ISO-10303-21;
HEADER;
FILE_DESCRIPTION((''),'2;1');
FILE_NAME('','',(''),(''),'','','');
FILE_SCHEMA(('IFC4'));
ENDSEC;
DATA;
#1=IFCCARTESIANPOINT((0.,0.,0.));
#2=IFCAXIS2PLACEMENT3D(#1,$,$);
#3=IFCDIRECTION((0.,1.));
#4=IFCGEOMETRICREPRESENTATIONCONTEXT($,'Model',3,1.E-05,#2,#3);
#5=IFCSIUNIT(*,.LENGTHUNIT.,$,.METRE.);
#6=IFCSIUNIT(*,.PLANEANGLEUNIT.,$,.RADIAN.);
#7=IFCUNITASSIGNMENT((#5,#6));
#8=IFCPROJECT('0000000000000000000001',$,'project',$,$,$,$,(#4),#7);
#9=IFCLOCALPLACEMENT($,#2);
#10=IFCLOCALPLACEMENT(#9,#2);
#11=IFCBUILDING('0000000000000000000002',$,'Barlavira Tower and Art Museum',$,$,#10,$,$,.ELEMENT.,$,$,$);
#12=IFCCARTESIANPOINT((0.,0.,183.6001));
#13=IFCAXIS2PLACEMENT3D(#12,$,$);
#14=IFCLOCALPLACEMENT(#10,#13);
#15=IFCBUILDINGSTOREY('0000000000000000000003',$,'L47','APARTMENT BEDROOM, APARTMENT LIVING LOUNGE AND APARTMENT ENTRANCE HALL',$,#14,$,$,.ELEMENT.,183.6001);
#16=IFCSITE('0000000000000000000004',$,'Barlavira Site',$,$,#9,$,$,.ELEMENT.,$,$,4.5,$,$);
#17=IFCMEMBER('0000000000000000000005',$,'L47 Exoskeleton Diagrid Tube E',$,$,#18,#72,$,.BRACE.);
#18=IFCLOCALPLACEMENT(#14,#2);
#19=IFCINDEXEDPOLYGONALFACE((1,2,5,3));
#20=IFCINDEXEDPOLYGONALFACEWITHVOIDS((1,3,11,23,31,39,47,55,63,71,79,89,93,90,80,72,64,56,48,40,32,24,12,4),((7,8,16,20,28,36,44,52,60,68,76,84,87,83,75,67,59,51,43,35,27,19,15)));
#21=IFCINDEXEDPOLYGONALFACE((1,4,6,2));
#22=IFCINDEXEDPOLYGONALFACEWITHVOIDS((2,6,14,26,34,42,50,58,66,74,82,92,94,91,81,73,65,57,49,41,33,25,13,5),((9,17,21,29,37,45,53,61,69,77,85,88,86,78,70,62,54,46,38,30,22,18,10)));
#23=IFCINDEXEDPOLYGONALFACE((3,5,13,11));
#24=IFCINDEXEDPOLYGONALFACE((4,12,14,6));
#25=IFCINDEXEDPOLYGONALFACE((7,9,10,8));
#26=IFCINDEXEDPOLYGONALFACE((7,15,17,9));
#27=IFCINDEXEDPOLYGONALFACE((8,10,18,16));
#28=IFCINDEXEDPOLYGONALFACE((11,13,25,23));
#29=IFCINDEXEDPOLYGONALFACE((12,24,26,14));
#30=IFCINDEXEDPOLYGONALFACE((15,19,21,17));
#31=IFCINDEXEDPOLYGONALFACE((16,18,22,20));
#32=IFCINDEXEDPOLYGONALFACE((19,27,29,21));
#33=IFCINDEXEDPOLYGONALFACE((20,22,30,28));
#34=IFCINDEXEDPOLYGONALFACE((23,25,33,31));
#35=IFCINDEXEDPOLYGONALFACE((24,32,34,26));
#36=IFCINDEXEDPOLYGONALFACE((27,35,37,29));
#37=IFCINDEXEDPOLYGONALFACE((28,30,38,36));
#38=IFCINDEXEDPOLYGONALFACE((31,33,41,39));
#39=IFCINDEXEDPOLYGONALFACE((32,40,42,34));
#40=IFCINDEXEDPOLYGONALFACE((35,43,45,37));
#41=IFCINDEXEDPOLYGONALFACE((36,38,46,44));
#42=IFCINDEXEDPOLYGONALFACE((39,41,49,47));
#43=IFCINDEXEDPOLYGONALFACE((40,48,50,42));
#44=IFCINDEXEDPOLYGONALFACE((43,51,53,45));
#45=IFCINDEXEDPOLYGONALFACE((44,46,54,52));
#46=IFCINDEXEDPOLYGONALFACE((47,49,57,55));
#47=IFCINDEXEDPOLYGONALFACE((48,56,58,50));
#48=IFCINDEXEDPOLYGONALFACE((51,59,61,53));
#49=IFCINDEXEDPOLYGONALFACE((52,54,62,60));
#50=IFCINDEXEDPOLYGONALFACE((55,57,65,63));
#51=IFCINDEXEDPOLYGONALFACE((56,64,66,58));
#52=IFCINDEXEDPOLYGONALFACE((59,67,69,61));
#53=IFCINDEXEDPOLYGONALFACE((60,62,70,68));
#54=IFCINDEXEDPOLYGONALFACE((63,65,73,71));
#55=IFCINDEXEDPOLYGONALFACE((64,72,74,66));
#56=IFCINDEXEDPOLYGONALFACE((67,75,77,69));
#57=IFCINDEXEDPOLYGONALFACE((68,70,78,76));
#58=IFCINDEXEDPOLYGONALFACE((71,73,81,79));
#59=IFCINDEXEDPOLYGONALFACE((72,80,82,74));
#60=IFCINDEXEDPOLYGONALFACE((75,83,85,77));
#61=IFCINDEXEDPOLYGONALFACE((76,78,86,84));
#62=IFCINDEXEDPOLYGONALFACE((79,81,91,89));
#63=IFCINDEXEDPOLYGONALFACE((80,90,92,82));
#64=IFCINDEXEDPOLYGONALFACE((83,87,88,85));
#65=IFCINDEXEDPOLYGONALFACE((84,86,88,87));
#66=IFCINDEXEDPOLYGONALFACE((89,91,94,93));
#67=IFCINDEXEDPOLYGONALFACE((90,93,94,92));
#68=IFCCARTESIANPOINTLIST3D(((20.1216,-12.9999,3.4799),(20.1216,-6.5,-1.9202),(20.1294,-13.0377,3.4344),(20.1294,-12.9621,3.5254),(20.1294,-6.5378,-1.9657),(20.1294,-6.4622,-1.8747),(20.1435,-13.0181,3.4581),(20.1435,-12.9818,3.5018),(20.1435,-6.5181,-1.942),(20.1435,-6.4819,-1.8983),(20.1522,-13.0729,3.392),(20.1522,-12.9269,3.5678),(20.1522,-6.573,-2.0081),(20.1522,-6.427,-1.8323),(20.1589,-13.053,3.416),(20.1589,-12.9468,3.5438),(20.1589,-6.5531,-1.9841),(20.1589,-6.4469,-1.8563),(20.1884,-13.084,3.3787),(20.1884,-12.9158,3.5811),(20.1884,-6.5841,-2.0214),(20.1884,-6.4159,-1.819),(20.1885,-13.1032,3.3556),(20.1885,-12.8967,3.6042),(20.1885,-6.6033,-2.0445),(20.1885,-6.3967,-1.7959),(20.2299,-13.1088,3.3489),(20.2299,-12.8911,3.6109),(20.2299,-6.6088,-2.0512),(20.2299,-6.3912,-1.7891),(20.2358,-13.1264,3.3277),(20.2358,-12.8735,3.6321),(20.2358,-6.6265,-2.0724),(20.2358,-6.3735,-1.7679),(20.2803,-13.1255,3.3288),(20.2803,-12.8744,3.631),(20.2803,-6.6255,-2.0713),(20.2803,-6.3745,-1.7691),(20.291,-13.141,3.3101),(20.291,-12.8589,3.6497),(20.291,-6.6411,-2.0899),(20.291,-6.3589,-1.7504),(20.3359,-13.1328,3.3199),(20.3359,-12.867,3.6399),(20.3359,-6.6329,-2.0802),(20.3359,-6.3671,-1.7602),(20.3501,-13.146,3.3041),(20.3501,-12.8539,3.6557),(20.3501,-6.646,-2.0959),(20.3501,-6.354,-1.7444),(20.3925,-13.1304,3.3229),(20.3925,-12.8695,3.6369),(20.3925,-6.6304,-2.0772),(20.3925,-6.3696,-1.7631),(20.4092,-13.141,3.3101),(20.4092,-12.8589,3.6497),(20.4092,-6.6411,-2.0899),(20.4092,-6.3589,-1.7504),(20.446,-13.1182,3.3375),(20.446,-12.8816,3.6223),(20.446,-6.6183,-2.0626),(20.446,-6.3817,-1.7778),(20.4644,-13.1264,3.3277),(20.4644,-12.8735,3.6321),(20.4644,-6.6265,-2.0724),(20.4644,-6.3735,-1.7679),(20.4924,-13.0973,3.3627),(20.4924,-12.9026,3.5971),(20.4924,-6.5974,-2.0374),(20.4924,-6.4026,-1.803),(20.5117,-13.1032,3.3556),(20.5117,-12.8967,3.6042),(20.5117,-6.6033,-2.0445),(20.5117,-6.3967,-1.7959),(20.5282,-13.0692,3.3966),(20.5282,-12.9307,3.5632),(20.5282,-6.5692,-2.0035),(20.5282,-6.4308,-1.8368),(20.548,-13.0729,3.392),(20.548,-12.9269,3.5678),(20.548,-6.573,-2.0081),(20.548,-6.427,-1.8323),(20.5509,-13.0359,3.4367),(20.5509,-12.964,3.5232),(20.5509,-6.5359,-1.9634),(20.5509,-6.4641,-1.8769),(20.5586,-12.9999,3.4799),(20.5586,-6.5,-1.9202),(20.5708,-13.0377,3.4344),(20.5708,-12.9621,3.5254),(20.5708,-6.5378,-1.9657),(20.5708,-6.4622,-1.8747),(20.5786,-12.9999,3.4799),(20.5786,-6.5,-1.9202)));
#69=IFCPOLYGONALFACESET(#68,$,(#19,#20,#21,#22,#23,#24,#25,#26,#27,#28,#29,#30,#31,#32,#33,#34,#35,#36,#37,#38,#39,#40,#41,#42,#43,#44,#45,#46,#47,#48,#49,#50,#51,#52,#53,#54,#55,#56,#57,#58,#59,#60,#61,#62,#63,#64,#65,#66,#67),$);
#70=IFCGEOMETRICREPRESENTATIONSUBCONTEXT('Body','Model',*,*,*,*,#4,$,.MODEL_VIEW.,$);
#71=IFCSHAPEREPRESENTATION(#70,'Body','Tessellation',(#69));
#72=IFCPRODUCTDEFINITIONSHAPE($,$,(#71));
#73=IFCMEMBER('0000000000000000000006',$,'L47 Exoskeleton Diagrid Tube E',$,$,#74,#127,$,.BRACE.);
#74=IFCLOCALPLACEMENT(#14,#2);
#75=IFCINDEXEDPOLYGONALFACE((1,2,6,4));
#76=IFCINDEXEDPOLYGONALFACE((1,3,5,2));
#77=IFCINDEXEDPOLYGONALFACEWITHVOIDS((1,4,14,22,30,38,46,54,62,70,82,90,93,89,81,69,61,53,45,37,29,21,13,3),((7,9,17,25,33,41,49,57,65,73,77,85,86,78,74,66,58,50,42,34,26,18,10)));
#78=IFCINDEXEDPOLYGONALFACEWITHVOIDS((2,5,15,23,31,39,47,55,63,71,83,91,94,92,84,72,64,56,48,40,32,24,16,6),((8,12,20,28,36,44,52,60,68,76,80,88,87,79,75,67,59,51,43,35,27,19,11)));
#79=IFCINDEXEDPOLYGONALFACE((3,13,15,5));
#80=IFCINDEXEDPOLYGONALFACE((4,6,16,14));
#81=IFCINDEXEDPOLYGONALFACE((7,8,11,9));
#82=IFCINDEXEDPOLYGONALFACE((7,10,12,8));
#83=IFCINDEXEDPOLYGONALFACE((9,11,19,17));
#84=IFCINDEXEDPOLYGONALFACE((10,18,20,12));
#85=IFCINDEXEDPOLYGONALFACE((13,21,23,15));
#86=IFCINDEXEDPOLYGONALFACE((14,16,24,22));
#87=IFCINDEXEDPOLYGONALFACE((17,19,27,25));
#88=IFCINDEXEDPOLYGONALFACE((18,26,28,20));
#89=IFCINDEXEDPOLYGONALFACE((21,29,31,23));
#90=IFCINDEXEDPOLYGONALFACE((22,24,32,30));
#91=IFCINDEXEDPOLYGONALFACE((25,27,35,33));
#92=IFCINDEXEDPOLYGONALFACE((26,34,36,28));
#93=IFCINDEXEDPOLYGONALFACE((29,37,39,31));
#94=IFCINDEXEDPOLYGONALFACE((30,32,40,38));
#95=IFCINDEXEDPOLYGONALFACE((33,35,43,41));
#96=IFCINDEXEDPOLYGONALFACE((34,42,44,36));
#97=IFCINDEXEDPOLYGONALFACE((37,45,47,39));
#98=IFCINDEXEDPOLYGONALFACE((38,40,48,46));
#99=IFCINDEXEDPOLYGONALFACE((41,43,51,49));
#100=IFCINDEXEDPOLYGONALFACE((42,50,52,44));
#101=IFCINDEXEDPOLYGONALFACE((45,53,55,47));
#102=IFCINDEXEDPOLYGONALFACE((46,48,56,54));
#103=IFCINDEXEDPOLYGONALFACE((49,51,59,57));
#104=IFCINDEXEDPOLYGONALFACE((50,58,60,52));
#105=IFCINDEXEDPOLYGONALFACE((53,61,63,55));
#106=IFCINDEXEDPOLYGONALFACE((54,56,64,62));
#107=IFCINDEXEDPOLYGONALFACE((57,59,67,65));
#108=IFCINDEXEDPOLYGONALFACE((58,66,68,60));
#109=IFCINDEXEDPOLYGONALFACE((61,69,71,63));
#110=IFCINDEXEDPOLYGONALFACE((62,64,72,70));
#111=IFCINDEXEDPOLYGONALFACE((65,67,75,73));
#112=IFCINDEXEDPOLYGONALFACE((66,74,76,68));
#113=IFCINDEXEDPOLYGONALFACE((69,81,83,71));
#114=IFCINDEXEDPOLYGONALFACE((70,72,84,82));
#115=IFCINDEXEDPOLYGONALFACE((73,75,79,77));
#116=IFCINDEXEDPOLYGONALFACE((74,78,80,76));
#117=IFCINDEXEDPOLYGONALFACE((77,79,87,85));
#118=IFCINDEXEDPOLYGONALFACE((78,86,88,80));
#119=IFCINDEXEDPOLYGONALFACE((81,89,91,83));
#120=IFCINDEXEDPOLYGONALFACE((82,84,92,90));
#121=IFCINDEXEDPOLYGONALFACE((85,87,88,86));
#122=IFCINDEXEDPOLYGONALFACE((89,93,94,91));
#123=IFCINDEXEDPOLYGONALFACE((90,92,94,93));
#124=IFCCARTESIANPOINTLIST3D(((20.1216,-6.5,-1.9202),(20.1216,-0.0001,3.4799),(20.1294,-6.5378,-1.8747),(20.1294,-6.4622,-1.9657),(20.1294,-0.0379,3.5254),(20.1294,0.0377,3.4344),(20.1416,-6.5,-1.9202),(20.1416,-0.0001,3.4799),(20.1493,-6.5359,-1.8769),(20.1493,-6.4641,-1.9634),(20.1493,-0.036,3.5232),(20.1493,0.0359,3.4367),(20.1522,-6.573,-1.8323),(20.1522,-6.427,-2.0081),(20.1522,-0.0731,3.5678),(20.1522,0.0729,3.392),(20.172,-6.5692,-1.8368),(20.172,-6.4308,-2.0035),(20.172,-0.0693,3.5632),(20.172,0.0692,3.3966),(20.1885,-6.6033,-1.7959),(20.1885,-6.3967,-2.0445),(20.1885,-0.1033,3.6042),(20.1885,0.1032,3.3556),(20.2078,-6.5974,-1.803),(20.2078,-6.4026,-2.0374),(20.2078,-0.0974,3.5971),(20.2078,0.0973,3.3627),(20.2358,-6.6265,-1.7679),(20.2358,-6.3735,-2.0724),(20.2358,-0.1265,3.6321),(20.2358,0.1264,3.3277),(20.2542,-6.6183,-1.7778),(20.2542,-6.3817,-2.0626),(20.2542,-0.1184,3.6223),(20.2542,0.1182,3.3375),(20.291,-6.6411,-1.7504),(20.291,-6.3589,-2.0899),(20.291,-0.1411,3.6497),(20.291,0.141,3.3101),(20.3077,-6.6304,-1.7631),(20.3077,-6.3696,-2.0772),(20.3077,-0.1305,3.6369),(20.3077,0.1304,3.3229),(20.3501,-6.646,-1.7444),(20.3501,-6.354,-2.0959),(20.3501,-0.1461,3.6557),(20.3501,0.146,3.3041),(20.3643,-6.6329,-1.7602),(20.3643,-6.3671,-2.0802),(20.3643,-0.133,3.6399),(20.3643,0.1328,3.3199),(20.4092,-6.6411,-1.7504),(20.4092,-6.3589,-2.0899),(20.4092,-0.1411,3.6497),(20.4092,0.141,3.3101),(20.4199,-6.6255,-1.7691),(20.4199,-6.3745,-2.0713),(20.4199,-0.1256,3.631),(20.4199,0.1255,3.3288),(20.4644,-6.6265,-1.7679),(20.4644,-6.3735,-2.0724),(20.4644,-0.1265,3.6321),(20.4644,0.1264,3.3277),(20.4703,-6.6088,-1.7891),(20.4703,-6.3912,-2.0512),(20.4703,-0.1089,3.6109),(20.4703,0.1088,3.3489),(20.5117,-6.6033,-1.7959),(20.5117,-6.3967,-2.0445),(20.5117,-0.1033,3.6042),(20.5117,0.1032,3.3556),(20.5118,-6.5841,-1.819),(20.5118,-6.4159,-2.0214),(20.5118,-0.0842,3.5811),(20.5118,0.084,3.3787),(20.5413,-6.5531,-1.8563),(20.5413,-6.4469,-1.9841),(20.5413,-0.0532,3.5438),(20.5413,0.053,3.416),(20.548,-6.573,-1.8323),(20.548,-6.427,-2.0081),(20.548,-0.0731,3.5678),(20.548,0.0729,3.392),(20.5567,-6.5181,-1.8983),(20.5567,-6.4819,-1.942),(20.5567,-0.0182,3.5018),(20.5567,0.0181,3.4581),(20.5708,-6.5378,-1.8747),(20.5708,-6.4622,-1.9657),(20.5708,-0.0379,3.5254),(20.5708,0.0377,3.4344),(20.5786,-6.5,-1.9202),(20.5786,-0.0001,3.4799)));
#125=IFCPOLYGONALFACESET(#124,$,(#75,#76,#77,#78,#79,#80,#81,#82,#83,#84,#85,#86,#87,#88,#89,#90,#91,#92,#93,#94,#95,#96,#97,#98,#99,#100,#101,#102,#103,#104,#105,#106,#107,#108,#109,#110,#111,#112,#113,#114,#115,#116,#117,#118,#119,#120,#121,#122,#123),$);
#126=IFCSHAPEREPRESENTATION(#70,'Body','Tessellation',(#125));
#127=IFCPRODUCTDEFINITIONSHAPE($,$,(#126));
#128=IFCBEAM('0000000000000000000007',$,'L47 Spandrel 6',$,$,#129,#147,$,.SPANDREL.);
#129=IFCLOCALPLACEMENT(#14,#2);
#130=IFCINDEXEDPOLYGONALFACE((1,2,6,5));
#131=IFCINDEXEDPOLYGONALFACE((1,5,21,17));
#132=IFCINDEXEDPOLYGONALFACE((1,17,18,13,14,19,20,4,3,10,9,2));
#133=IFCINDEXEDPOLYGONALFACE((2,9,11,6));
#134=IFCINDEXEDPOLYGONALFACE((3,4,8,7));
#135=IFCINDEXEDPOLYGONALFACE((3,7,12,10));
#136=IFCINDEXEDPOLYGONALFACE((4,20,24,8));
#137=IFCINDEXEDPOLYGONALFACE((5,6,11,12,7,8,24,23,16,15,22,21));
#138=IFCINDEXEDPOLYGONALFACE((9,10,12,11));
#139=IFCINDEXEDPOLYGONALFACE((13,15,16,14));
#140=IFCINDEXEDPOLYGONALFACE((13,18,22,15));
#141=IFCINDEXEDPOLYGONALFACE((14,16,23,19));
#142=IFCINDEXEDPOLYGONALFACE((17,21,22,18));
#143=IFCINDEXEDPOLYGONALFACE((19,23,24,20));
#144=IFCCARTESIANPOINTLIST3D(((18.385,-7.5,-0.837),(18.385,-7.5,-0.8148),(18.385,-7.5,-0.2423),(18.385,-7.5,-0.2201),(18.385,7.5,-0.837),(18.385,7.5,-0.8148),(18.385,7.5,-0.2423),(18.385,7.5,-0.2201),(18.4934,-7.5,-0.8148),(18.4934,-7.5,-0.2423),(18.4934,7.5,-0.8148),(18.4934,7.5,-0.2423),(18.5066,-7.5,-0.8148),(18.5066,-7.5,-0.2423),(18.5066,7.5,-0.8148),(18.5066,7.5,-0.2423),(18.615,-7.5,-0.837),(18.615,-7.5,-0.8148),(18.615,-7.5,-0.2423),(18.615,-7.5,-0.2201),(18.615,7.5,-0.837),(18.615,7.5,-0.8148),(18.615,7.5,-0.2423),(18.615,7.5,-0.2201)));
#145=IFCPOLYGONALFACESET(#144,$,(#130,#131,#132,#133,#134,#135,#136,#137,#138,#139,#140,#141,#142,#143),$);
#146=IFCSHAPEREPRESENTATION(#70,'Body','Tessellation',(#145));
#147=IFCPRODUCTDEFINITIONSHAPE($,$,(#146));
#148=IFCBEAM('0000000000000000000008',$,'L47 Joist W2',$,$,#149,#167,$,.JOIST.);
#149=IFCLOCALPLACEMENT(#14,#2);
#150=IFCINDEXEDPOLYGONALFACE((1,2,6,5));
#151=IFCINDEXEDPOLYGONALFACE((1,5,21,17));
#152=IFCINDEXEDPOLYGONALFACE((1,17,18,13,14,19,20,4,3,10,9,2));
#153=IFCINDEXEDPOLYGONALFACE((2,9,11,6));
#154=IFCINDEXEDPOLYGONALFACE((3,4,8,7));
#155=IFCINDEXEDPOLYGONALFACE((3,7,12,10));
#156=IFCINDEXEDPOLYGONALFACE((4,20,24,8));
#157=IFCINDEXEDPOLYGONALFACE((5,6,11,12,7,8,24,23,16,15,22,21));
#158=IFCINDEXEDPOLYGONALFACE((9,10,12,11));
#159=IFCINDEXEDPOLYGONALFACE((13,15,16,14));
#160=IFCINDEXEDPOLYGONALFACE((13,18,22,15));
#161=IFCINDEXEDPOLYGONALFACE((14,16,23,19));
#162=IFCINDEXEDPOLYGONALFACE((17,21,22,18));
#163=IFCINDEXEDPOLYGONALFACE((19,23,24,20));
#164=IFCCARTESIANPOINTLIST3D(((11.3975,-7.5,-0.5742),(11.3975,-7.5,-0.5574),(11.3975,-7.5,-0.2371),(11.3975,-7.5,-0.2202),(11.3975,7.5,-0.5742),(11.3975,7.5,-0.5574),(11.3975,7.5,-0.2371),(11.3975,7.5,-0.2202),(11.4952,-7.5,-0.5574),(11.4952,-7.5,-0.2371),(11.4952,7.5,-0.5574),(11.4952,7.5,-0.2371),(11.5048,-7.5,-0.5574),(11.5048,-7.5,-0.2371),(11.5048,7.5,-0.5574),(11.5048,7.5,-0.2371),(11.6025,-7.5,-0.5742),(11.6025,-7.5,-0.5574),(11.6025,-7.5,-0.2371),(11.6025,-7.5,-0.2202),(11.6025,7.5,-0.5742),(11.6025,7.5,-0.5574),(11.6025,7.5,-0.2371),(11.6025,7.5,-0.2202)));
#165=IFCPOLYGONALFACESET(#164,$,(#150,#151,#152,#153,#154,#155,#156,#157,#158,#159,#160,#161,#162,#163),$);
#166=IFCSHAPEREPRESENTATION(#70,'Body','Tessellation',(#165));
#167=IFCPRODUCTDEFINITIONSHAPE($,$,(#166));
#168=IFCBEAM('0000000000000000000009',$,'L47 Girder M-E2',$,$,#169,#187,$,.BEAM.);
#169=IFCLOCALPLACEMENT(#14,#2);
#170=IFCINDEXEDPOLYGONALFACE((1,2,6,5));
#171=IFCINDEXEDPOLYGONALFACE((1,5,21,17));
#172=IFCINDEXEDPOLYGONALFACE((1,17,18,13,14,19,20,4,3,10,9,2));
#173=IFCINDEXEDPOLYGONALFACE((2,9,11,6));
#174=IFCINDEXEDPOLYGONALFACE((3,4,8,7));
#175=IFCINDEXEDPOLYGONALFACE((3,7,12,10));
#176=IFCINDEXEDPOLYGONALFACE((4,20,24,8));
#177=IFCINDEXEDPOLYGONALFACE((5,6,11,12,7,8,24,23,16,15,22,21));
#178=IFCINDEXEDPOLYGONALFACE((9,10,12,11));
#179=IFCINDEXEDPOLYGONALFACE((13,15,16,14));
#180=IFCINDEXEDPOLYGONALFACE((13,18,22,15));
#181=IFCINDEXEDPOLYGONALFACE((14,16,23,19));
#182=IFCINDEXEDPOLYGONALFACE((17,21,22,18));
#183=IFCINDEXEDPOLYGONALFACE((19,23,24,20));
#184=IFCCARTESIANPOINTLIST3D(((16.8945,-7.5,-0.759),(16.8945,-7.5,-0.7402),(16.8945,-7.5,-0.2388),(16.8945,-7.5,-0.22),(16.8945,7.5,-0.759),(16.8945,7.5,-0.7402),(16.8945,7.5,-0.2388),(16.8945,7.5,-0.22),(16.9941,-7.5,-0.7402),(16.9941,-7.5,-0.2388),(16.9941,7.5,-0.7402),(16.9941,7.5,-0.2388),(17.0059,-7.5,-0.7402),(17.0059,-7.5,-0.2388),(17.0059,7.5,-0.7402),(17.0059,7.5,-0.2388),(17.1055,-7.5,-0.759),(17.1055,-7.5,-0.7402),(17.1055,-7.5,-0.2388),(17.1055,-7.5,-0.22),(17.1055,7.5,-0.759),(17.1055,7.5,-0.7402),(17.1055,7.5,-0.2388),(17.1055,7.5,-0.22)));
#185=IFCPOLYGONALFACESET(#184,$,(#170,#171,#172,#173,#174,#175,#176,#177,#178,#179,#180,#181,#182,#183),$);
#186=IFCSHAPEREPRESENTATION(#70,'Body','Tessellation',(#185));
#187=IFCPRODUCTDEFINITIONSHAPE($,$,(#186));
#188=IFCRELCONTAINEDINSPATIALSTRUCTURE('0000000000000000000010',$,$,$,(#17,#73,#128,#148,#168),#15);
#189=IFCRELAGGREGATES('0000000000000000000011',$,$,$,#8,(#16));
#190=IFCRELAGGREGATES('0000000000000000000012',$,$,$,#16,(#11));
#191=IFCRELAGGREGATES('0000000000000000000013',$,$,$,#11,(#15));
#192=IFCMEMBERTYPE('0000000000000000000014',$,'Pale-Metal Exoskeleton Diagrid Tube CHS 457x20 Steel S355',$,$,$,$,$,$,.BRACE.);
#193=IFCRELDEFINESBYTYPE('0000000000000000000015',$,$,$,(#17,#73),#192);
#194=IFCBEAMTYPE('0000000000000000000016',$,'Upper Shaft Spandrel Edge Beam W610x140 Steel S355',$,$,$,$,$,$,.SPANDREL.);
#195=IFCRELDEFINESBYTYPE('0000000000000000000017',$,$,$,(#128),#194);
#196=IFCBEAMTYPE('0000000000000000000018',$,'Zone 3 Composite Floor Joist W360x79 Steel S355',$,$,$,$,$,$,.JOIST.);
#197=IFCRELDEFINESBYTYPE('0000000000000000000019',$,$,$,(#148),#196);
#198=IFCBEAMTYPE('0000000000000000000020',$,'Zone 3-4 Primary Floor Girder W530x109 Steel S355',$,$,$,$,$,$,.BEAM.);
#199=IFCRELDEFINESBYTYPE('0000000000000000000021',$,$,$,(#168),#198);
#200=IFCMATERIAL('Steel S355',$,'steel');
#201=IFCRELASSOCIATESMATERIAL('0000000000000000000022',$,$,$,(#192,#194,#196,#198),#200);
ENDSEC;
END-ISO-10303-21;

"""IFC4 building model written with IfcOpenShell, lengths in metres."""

from ifc_helpers import new_model, si_unit, direction, frame, origin, origin_2d, place, context, subcontext, project, spatial, hollow_circle, i_section, extrude, material, material_profile, profile_set, type_object, element, save


model = new_model("IFC4")

# Units and contexts
model_context = context("Model", 3, precision=1e-05, world=origin(), true_north=direction((0.0, 1.0)))
body_context = subcontext(model_context, "Body", "Model", "MODEL_VIEW")
ifc_project = project(units=[si_unit("LENGTHUNIT", "METRE"), si_unit("PLANEANGLEUNIT", "RADIAN")], contexts=[model_context])

# Site, building, storey
site_placement = place(None, origin())
site = spatial("IfcSite", under=ifc_project, at=site_placement, Name="Barlavira Site", CompositionType="ELEMENT", RefElevation=4.5)
building_placement = place(site_placement, origin())
building = spatial("IfcBuilding", under=site, at=building_placement, Name="Barlavira Tower and Art Museum", CompositionType="ELEMENT")
storey_placement = place(building_placement, frame((0.0, 0.0, 183.6001)))
storey = spatial("IfcBuildingStorey", under=building, at=storey_placement, Name="L47", Description="APARTMENT BEDROOM, APARTMENT LIVING LOUNGE AND APARTMENT ENTRANCE HALL", CompositionType="ELEMENT", Elevation=183.6001)

# Members
ifc_material_1 = material(Name="Steel S355", Category="steel")
ifc_material_profile_1 = material_profile(ifc_material_1, hollow_circle(Radius=0.2285, WallThickness=0.02, at=origin_2d()), Name="CHS 457.0x20.0")
ifc_profile_set_1 = profile_set([ifc_material_profile_1], Name="Steel S355")
member_type_1 = type_object("IfcMemberType", Name="Pale-Metal Exoskeleton Diagrid Tube CHS 457x20 Steel S355", PredefinedType="BRACE", material=ifc_profile_set_1)
for number, where, z_axis, x_axis, name in (
    (1, (20.3501, -6.5, -1.9202), (0.0, -0.769182, 0.63903), (1.0, 0.0, 0.0), "L47 Exoskeleton Diagrid Tube E"),
    (2, (20.3501, -6.5, -1.9202), (0.0, 0.769182, 0.63903), (-1.0, 0.0, 0.0), "L47 Exoskeleton Diagrid Tube E"),
):
    element("IfcMember", number, at=place(storey_placement, frame(where, z_axis=z_axis, x_axis=x_axis)), inside=storey, type_object=member_type_1, Name=name, PredefinedType="BRACE", context=body_context, shape_type="SweptSolid", body=[
        extrude(hollow_circle(Radius=0.2285, WallThickness=0.02, at=origin_2d()), origin(), (0.0, 0.0, 1.0), 8.4504),
    ])

# Beams
ifc_material_profile_2 = material_profile(ifc_material_1, i_section(OverallWidth=0.23, OverallDepth=0.6169, WebThickness=0.0132, FlangeThickness=0.0222, at=origin_2d()), Name="W610x140.0")
ifc_profile_set_2 = profile_set([ifc_material_profile_2], Name="Steel S355")
beam_type_1 = type_object("IfcBeamType", Name="Upper Shaft Spandrel Edge Beam W610x140 Steel S355", PredefinedType="SPANDREL", material=ifc_profile_set_2)
beam_1_placement = place(storey_placement, frame((18.5, -7.5, -0.5286), z_axis=(0.0, 1.0, 0.0), x_axis=(-1.0, 0.0, 0.0)))
element("IfcBeam", 3, at=beam_1_placement, inside=storey, type_object=beam_type_1, Name="L47 Spandrel 6", PredefinedType="SPANDREL", context=body_context, shape_type="SweptSolid", body=[
    extrude(i_section(OverallWidth=0.23, OverallDepth=0.6169, WebThickness=0.0132, FlangeThickness=0.0222, at=origin_2d()), origin(), (0.0, 0.0, 1.0), 15.0),
])
ifc_material_profile_3 = material_profile(ifc_material_1, i_section(OverallWidth=0.2051, OverallDepth=0.354, WebThickness=0.0095, FlangeThickness=0.0168, at=origin_2d()), Name="W360x79.0")
ifc_profile_set_3 = profile_set([ifc_material_profile_3], Name="Steel S355")
beam_type_2 = type_object("IfcBeamType", Name="Zone 3 Composite Floor Joist W360x79 Steel S355", PredefinedType="JOIST", material=ifc_profile_set_3)
beam_2_placement = place(storey_placement, frame((11.5, -7.5, -0.3972), z_axis=(0.0, 1.0, 0.0), x_axis=(-1.0, 0.0, 0.0)))
element("IfcBeam", 4, at=beam_2_placement, inside=storey, type_object=beam_type_2, Name="L47 Joist W2", PredefinedType="JOIST", context=body_context, shape_type="SweptSolid", body=[
    extrude(i_section(OverallWidth=0.2051, OverallDepth=0.354, WebThickness=0.0095, FlangeThickness=0.0168, at=origin_2d()), origin(), (0.0, 0.0, 1.0), 15.0),
])
ifc_material_profile_4 = material_profile(ifc_material_1, i_section(OverallWidth=0.2109, OverallDepth=0.5391, WebThickness=0.0117, FlangeThickness=0.0188, at=origin_2d()), Name="W530x109.0")
ifc_profile_set_4 = profile_set([ifc_material_profile_4], Name="Steel S355")
beam_type_3 = type_object("IfcBeamType", Name="Zone 3-4 Primary Floor Girder W530x109 Steel S355", PredefinedType="BEAM", material=ifc_profile_set_4)
beam_3_placement = place(storey_placement, frame((17.0, -7.5, -0.4895), z_axis=(0.0, 1.0, 0.0), x_axis=(-1.0, 0.0, 0.0)))
element("IfcBeam", 5, at=beam_3_placement, inside=storey, type_object=beam_type_3, Name="L47 Girder M-E2", PredefinedType="BEAM", context=body_context, shape_type="SweptSolid", body=[
    extrude(i_section(OverallWidth=0.2109, OverallDepth=0.5391, WebThickness=0.0117, FlangeThickness=0.0188, at=origin_2d()), origin(), (0.0, 0.0, 1.0), 15.0),
])

save(model, "model.ifc")
